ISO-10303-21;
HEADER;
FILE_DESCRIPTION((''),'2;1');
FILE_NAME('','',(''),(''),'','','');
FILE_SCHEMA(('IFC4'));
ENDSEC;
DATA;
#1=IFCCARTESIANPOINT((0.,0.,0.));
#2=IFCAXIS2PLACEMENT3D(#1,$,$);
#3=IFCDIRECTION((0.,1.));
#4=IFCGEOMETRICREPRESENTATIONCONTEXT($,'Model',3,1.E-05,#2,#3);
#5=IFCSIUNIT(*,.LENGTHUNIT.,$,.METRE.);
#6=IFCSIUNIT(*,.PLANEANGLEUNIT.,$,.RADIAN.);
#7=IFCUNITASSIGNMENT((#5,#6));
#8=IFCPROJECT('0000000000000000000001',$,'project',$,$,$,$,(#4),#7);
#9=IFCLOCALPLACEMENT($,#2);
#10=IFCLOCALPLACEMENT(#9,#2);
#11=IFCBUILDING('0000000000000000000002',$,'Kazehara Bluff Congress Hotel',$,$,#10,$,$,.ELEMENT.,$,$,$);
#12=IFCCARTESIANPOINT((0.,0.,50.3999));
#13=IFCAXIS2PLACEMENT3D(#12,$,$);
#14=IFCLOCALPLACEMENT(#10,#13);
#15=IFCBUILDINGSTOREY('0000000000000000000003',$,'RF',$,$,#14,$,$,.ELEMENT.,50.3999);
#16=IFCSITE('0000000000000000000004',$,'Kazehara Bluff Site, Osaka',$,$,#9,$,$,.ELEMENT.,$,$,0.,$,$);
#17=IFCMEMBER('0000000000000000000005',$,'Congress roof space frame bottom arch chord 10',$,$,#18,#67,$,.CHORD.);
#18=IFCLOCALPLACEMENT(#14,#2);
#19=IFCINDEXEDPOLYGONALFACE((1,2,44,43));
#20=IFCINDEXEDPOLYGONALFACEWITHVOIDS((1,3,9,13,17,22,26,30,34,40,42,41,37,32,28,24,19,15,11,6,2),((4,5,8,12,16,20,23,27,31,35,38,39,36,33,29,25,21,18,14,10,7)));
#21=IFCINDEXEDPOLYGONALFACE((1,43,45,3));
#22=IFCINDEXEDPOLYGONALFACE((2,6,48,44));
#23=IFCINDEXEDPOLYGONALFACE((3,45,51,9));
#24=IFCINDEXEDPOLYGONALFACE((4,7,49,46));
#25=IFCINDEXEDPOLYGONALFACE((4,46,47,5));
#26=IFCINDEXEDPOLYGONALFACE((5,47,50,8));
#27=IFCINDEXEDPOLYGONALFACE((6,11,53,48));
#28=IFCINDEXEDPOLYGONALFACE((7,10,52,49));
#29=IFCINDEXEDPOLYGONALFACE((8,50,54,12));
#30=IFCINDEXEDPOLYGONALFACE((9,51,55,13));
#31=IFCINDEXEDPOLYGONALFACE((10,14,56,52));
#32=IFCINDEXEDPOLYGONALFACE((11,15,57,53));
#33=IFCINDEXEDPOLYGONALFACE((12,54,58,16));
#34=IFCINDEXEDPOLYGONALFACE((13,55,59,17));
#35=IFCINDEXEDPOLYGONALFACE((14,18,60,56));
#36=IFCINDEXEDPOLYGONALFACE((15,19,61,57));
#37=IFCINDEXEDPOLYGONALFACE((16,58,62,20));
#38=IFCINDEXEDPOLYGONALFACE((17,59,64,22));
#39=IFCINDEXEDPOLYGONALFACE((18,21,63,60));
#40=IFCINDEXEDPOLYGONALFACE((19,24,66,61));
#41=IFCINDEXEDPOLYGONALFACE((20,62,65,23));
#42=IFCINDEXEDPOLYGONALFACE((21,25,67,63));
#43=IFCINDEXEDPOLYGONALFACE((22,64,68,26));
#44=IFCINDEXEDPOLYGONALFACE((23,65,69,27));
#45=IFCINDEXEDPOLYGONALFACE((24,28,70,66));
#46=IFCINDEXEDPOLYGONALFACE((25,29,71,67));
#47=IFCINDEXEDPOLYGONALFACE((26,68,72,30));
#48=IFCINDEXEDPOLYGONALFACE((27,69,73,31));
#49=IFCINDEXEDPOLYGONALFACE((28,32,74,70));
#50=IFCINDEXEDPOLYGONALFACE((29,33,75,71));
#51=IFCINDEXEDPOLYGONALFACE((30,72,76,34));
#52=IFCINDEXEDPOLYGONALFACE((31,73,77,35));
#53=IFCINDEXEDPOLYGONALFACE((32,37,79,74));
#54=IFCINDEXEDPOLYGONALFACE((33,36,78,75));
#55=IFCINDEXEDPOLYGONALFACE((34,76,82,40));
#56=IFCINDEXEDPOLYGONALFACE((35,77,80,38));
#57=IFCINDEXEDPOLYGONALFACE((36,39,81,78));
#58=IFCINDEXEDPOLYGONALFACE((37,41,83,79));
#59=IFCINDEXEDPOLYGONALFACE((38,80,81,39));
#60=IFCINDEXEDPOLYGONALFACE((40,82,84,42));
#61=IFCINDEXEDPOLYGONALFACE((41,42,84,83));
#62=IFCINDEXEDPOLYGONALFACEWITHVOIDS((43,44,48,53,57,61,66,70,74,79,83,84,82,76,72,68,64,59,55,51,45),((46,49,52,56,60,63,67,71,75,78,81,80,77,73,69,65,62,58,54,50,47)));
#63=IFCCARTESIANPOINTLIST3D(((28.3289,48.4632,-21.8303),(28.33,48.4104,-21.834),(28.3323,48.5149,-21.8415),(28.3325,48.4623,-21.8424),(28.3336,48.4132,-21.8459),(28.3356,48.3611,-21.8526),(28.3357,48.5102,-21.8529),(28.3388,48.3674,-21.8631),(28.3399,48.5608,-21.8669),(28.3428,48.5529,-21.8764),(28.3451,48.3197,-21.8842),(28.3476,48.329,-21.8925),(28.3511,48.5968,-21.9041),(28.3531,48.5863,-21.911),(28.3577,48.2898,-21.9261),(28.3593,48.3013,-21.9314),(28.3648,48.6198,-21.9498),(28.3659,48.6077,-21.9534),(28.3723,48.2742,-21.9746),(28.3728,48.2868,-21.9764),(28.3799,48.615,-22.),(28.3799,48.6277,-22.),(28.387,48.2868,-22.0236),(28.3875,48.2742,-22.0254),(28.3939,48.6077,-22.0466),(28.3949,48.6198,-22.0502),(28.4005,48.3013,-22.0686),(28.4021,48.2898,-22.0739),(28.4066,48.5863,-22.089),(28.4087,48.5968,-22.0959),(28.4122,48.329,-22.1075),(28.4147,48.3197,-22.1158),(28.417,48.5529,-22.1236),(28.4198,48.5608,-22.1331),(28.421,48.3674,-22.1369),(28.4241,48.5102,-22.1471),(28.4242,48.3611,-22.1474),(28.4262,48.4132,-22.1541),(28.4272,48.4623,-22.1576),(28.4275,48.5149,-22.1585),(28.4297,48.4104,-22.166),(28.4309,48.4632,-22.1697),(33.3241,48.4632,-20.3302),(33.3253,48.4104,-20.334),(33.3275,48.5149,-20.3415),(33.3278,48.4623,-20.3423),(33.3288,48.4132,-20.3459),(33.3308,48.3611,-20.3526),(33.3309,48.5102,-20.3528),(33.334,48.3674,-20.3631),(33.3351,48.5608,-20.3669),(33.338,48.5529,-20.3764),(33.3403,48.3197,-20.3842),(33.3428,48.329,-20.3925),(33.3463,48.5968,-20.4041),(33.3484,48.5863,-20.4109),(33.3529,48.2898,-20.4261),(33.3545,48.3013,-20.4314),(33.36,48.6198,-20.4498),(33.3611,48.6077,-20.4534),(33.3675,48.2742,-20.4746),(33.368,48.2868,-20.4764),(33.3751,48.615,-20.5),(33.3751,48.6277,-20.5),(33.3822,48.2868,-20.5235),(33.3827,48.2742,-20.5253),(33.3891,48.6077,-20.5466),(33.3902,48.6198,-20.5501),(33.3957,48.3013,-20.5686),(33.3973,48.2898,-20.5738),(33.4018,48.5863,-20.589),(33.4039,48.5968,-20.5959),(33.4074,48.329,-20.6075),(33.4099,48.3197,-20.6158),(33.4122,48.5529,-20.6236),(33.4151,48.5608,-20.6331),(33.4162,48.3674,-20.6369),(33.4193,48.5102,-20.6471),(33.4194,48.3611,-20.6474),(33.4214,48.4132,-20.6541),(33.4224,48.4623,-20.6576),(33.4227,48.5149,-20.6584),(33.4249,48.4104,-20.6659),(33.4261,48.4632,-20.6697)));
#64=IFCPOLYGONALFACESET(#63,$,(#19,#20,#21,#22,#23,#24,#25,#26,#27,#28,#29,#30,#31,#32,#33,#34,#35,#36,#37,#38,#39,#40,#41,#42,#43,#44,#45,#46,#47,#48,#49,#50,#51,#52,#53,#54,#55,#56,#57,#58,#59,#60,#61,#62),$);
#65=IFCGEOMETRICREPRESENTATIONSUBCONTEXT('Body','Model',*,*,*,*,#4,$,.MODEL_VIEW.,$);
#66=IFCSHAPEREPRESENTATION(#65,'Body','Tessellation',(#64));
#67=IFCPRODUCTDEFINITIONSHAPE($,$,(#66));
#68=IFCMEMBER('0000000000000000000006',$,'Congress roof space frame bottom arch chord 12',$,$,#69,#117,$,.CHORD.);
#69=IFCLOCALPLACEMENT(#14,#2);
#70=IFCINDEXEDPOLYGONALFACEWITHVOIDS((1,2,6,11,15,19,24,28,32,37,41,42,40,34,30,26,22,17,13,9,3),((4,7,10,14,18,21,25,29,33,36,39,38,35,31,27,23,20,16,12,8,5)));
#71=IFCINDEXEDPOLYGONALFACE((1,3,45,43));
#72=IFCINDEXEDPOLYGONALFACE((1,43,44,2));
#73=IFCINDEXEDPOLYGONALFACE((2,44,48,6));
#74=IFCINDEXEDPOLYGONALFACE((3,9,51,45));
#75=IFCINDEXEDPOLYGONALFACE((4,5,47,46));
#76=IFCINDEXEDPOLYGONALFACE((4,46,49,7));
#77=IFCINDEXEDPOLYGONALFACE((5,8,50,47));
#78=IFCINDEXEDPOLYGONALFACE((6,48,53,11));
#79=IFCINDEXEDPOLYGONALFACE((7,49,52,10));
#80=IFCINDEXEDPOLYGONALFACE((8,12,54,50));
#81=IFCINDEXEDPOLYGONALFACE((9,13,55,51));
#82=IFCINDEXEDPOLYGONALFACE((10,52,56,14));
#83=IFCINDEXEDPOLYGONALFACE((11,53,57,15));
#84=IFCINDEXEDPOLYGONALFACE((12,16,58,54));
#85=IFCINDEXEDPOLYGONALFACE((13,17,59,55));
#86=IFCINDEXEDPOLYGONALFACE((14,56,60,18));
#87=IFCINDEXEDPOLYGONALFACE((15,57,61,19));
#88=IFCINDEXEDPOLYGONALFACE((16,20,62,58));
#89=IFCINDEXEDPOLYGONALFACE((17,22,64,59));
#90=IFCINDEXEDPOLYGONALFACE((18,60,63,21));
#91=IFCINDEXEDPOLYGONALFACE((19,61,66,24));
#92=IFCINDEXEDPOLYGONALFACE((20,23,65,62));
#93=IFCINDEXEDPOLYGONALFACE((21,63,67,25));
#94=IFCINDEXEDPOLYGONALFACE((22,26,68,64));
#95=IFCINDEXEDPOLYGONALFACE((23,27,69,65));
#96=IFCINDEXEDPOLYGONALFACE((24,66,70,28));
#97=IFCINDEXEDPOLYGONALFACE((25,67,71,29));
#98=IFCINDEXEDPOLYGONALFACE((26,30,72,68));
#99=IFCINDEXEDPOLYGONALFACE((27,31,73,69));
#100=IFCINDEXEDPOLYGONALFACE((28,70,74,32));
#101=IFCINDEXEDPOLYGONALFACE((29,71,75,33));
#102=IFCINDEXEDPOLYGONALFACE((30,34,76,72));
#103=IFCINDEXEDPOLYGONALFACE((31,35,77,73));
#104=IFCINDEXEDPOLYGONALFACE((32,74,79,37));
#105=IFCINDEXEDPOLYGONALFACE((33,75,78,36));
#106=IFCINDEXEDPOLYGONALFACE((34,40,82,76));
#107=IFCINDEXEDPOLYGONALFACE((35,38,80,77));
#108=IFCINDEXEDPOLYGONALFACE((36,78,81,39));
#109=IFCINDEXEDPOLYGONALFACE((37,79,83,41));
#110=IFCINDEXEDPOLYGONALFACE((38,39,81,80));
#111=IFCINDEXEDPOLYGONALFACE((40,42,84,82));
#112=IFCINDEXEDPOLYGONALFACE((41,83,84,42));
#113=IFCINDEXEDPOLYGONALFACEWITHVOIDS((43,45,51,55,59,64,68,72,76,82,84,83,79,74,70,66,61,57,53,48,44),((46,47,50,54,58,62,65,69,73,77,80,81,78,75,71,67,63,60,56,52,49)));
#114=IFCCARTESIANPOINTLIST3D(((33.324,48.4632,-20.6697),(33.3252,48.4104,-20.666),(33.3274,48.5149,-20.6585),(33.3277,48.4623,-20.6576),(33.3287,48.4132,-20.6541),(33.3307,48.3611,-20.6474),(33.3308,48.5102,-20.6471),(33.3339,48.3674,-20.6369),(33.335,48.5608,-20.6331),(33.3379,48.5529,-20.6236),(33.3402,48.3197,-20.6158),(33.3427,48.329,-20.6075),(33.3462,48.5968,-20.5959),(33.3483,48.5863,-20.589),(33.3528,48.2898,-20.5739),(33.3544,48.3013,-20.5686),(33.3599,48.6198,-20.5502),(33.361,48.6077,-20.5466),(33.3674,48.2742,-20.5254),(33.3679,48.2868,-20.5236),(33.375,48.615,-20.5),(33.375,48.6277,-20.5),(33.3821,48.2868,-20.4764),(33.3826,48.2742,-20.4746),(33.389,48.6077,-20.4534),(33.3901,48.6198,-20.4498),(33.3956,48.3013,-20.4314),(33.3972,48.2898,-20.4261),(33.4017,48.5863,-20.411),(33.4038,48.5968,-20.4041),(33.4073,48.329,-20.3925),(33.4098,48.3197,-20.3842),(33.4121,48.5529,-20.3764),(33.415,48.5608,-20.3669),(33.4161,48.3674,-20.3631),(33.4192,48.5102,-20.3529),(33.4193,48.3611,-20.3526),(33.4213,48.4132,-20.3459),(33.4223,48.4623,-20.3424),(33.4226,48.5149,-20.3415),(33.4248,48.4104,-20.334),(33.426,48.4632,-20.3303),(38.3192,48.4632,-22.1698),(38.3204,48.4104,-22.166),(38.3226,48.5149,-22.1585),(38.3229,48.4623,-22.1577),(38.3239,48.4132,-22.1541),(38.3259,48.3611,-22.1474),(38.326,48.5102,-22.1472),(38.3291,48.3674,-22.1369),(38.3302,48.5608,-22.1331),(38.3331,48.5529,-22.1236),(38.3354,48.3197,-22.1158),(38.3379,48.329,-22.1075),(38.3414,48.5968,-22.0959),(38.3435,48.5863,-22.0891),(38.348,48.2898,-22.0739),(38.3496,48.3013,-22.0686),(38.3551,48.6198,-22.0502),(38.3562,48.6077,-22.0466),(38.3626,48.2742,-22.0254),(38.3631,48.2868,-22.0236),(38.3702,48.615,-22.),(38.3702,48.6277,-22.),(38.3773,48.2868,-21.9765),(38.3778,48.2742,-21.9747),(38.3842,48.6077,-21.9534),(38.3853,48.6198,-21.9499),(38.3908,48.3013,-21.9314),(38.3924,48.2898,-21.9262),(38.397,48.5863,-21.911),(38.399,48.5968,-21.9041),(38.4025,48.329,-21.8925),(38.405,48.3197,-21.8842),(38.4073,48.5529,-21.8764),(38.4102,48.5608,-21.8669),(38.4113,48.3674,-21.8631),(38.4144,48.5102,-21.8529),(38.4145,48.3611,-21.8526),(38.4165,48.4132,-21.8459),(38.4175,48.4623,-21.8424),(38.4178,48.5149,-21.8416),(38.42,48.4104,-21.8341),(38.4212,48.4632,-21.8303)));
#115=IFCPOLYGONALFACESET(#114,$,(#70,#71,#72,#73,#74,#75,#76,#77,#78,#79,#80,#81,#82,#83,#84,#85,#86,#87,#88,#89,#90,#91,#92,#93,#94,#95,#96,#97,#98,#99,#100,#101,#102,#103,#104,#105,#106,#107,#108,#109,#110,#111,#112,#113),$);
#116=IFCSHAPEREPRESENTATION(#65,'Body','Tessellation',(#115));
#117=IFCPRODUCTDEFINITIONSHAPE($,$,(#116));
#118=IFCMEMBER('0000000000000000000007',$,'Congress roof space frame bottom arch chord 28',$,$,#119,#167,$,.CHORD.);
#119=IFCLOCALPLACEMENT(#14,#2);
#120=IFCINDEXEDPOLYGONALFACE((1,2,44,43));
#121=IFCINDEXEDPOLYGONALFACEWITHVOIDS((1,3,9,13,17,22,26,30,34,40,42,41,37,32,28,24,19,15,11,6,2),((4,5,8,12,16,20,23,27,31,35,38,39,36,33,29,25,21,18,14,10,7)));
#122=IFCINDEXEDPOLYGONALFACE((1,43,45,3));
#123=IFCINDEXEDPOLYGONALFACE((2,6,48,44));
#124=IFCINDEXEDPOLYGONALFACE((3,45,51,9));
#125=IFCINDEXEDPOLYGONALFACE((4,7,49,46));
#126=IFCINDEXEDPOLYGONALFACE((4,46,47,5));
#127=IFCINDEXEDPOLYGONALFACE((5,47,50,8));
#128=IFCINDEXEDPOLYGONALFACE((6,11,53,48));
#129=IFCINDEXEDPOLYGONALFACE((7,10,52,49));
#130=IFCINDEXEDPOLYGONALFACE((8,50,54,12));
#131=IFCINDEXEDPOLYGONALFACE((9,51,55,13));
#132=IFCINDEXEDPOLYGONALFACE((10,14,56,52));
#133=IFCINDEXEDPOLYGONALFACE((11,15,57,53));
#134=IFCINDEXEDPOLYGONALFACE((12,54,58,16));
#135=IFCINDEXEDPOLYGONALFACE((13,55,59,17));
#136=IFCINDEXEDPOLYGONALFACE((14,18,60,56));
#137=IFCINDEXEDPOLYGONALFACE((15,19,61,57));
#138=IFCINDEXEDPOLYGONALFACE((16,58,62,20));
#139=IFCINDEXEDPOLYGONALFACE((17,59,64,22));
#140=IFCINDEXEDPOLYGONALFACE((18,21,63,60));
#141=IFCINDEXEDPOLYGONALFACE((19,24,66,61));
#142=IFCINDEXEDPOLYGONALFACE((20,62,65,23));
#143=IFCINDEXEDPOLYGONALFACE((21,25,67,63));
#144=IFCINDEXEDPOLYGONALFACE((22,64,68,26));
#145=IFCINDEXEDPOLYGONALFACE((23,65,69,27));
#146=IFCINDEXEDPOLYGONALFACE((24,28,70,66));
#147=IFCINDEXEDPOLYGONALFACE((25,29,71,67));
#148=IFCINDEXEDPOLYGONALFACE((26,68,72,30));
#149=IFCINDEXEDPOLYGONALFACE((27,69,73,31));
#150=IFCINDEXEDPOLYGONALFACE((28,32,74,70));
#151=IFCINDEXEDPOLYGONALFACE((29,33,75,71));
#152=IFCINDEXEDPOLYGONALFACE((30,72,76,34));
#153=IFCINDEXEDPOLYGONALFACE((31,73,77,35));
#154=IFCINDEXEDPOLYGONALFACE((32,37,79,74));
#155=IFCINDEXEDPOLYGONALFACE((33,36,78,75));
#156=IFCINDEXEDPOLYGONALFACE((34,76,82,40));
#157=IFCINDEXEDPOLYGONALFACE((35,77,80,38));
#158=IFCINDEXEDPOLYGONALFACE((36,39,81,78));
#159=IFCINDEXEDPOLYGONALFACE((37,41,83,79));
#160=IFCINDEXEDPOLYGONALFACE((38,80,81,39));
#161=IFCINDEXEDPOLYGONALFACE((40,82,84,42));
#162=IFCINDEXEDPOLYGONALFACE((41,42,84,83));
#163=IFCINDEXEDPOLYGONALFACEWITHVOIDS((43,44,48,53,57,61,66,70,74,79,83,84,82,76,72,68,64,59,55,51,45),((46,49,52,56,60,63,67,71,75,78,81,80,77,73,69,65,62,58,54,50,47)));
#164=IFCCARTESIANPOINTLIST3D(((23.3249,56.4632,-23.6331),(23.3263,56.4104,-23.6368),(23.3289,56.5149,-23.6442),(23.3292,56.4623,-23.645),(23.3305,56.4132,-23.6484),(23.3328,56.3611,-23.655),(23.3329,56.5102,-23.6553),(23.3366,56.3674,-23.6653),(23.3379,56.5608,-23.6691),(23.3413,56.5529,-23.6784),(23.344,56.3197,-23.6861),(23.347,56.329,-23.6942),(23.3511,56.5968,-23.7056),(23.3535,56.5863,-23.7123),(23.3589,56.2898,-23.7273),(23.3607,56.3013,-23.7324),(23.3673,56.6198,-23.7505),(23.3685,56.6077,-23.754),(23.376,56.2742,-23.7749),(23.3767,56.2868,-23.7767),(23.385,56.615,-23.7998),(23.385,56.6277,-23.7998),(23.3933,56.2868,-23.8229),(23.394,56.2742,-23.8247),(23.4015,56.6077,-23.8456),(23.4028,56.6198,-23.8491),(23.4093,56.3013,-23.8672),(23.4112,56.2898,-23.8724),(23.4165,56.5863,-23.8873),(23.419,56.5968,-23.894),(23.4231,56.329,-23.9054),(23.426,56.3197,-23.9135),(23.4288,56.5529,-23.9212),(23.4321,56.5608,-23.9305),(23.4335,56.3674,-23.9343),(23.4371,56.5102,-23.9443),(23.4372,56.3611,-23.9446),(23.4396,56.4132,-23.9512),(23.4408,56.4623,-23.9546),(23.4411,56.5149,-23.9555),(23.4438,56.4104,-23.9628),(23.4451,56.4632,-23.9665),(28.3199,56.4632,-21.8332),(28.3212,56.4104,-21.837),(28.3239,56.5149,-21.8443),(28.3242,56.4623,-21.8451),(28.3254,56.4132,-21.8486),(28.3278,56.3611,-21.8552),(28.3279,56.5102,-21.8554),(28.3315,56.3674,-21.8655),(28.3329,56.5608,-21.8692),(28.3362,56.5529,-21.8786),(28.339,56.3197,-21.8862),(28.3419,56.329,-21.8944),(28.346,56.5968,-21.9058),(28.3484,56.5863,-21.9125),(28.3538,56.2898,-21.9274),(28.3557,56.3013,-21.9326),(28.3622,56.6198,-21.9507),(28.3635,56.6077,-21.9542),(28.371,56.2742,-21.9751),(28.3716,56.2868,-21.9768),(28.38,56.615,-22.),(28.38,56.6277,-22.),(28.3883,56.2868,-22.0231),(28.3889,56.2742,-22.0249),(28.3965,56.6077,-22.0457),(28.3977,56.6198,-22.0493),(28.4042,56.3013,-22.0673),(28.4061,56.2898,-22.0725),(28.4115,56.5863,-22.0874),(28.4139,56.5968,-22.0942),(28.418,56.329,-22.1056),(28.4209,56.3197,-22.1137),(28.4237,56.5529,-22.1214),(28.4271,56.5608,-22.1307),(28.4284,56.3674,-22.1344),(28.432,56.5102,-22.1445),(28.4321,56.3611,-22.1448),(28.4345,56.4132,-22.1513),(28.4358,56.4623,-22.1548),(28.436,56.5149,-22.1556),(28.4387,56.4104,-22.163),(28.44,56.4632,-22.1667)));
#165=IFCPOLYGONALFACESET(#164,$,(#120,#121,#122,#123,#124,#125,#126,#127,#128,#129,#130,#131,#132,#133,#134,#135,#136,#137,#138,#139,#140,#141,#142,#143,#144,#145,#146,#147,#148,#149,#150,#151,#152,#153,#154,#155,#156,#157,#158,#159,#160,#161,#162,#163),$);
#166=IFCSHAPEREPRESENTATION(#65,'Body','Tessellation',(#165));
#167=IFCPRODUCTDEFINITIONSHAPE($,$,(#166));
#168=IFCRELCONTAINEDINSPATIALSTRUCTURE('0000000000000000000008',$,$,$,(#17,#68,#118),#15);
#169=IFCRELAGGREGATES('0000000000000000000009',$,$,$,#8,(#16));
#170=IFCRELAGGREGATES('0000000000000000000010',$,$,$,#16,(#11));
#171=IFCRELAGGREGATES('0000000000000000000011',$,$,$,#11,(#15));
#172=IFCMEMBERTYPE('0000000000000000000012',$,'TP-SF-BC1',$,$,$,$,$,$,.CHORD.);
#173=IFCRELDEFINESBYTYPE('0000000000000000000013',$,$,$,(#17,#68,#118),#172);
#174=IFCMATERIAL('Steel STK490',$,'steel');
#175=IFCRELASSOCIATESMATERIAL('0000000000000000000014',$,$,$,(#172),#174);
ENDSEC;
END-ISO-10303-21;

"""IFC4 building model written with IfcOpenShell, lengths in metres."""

from ifc_helpers import new_model, si_unit, direction, frame, origin, origin_2d, place, context, subcontext, project, spatial, hollow_circle, extrude, material, material_profile, profile_set, type_object, element, save


model = new_model("IFC4")

# Units and contexts
model_context = context("Model", 3, precision=1e-05, world=origin(), true_north=direction((0.0, 1.0)))
body_context = subcontext(model_context, "Body", "Model", "MODEL_VIEW")
ifc_project = project(units=[si_unit("LENGTHUNIT", "METRE"), si_unit("PLANEANGLEUNIT", "RADIAN")], contexts=[model_context])

# Site, building, storey
site_placement = place(None, origin())
site = spatial("IfcSite", under=ifc_project, at=site_placement, Name="Kazehara Bluff Site, Osaka", CompositionType="ELEMENT", RefElevation=0.0)
building_placement = place(site_placement, origin())
building = spatial("IfcBuilding", under=site, at=building_placement, Name="Kazehara Bluff Congress Hotel", CompositionType="ELEMENT")
storey_placement = place(building_placement, frame((0.0, 0.0, 50.3999)))
storey = spatial("IfcBuildingStorey", under=building, at=storey_placement, Name="RF", CompositionType="ELEMENT", Elevation=50.3999)

# Members
ifc_material_1 = material(Name="Steel STK490", Category="steel")
ifc_material_profile_1 = material_profile(ifc_material_1, hollow_circle(Radius=0.1777, WallThickness=0.0127, at=origin_2d()))
ifc_profile_set_1 = profile_set([ifc_material_profile_1], Name="Steel STK490")
member_type_1 = type_object("IfcMemberType", Name="TP-SF-BC1", PredefinedType="CHORD", material=ifc_profile_set_1)
for number, where, z_axis, x_axis, name in (
    (1, (28.3799, 48.45, -22.0), (0.957749, 0.0, 0.287606), (0.0, 1.0, 0.0), "Congress roof space frame bottom arch chord 10"),
    (2, (33.375, 48.45, -20.5), (0.957749, 0.0, -0.287606), (0.0, 1.0, 0.0), "Congress roof space frame bottom arch chord 12"),
):
    element("IfcMember", number, at=place(storey_placement, frame(where, z_axis=z_axis, x_axis=x_axis)), inside=storey, type_object=member_type_1, Name=name, PredefinedType="CHORD", context=body_context, shape_type="SweptSolid", body=[
        extrude(hollow_circle(Radius=0.1777, WallThickness=0.0127, at=origin_2d()), origin(), (0.0, 0.0, 1.0), 5.2156),
    ])
member_1_placement = place(storey_placement, frame((23.385, 56.45, -23.7998), z_axis=(0.940788, 0.0, 0.338995), x_axis=(0.0, 1.0, 0.0)))
element("IfcMember", 3, at=member_1_placement, inside=storey, type_object=member_type_1, Name="Congress roof space frame bottom arch chord 28", PredefinedType="CHORD", context=body_context, shape_type="SweptSolid", body=[
    extrude(hollow_circle(Radius=0.1777, WallThickness=0.0127, at=origin_2d()), origin(), (0.0, 0.0, 1.0), 5.3093),
])

save(model, "model.ifc")
